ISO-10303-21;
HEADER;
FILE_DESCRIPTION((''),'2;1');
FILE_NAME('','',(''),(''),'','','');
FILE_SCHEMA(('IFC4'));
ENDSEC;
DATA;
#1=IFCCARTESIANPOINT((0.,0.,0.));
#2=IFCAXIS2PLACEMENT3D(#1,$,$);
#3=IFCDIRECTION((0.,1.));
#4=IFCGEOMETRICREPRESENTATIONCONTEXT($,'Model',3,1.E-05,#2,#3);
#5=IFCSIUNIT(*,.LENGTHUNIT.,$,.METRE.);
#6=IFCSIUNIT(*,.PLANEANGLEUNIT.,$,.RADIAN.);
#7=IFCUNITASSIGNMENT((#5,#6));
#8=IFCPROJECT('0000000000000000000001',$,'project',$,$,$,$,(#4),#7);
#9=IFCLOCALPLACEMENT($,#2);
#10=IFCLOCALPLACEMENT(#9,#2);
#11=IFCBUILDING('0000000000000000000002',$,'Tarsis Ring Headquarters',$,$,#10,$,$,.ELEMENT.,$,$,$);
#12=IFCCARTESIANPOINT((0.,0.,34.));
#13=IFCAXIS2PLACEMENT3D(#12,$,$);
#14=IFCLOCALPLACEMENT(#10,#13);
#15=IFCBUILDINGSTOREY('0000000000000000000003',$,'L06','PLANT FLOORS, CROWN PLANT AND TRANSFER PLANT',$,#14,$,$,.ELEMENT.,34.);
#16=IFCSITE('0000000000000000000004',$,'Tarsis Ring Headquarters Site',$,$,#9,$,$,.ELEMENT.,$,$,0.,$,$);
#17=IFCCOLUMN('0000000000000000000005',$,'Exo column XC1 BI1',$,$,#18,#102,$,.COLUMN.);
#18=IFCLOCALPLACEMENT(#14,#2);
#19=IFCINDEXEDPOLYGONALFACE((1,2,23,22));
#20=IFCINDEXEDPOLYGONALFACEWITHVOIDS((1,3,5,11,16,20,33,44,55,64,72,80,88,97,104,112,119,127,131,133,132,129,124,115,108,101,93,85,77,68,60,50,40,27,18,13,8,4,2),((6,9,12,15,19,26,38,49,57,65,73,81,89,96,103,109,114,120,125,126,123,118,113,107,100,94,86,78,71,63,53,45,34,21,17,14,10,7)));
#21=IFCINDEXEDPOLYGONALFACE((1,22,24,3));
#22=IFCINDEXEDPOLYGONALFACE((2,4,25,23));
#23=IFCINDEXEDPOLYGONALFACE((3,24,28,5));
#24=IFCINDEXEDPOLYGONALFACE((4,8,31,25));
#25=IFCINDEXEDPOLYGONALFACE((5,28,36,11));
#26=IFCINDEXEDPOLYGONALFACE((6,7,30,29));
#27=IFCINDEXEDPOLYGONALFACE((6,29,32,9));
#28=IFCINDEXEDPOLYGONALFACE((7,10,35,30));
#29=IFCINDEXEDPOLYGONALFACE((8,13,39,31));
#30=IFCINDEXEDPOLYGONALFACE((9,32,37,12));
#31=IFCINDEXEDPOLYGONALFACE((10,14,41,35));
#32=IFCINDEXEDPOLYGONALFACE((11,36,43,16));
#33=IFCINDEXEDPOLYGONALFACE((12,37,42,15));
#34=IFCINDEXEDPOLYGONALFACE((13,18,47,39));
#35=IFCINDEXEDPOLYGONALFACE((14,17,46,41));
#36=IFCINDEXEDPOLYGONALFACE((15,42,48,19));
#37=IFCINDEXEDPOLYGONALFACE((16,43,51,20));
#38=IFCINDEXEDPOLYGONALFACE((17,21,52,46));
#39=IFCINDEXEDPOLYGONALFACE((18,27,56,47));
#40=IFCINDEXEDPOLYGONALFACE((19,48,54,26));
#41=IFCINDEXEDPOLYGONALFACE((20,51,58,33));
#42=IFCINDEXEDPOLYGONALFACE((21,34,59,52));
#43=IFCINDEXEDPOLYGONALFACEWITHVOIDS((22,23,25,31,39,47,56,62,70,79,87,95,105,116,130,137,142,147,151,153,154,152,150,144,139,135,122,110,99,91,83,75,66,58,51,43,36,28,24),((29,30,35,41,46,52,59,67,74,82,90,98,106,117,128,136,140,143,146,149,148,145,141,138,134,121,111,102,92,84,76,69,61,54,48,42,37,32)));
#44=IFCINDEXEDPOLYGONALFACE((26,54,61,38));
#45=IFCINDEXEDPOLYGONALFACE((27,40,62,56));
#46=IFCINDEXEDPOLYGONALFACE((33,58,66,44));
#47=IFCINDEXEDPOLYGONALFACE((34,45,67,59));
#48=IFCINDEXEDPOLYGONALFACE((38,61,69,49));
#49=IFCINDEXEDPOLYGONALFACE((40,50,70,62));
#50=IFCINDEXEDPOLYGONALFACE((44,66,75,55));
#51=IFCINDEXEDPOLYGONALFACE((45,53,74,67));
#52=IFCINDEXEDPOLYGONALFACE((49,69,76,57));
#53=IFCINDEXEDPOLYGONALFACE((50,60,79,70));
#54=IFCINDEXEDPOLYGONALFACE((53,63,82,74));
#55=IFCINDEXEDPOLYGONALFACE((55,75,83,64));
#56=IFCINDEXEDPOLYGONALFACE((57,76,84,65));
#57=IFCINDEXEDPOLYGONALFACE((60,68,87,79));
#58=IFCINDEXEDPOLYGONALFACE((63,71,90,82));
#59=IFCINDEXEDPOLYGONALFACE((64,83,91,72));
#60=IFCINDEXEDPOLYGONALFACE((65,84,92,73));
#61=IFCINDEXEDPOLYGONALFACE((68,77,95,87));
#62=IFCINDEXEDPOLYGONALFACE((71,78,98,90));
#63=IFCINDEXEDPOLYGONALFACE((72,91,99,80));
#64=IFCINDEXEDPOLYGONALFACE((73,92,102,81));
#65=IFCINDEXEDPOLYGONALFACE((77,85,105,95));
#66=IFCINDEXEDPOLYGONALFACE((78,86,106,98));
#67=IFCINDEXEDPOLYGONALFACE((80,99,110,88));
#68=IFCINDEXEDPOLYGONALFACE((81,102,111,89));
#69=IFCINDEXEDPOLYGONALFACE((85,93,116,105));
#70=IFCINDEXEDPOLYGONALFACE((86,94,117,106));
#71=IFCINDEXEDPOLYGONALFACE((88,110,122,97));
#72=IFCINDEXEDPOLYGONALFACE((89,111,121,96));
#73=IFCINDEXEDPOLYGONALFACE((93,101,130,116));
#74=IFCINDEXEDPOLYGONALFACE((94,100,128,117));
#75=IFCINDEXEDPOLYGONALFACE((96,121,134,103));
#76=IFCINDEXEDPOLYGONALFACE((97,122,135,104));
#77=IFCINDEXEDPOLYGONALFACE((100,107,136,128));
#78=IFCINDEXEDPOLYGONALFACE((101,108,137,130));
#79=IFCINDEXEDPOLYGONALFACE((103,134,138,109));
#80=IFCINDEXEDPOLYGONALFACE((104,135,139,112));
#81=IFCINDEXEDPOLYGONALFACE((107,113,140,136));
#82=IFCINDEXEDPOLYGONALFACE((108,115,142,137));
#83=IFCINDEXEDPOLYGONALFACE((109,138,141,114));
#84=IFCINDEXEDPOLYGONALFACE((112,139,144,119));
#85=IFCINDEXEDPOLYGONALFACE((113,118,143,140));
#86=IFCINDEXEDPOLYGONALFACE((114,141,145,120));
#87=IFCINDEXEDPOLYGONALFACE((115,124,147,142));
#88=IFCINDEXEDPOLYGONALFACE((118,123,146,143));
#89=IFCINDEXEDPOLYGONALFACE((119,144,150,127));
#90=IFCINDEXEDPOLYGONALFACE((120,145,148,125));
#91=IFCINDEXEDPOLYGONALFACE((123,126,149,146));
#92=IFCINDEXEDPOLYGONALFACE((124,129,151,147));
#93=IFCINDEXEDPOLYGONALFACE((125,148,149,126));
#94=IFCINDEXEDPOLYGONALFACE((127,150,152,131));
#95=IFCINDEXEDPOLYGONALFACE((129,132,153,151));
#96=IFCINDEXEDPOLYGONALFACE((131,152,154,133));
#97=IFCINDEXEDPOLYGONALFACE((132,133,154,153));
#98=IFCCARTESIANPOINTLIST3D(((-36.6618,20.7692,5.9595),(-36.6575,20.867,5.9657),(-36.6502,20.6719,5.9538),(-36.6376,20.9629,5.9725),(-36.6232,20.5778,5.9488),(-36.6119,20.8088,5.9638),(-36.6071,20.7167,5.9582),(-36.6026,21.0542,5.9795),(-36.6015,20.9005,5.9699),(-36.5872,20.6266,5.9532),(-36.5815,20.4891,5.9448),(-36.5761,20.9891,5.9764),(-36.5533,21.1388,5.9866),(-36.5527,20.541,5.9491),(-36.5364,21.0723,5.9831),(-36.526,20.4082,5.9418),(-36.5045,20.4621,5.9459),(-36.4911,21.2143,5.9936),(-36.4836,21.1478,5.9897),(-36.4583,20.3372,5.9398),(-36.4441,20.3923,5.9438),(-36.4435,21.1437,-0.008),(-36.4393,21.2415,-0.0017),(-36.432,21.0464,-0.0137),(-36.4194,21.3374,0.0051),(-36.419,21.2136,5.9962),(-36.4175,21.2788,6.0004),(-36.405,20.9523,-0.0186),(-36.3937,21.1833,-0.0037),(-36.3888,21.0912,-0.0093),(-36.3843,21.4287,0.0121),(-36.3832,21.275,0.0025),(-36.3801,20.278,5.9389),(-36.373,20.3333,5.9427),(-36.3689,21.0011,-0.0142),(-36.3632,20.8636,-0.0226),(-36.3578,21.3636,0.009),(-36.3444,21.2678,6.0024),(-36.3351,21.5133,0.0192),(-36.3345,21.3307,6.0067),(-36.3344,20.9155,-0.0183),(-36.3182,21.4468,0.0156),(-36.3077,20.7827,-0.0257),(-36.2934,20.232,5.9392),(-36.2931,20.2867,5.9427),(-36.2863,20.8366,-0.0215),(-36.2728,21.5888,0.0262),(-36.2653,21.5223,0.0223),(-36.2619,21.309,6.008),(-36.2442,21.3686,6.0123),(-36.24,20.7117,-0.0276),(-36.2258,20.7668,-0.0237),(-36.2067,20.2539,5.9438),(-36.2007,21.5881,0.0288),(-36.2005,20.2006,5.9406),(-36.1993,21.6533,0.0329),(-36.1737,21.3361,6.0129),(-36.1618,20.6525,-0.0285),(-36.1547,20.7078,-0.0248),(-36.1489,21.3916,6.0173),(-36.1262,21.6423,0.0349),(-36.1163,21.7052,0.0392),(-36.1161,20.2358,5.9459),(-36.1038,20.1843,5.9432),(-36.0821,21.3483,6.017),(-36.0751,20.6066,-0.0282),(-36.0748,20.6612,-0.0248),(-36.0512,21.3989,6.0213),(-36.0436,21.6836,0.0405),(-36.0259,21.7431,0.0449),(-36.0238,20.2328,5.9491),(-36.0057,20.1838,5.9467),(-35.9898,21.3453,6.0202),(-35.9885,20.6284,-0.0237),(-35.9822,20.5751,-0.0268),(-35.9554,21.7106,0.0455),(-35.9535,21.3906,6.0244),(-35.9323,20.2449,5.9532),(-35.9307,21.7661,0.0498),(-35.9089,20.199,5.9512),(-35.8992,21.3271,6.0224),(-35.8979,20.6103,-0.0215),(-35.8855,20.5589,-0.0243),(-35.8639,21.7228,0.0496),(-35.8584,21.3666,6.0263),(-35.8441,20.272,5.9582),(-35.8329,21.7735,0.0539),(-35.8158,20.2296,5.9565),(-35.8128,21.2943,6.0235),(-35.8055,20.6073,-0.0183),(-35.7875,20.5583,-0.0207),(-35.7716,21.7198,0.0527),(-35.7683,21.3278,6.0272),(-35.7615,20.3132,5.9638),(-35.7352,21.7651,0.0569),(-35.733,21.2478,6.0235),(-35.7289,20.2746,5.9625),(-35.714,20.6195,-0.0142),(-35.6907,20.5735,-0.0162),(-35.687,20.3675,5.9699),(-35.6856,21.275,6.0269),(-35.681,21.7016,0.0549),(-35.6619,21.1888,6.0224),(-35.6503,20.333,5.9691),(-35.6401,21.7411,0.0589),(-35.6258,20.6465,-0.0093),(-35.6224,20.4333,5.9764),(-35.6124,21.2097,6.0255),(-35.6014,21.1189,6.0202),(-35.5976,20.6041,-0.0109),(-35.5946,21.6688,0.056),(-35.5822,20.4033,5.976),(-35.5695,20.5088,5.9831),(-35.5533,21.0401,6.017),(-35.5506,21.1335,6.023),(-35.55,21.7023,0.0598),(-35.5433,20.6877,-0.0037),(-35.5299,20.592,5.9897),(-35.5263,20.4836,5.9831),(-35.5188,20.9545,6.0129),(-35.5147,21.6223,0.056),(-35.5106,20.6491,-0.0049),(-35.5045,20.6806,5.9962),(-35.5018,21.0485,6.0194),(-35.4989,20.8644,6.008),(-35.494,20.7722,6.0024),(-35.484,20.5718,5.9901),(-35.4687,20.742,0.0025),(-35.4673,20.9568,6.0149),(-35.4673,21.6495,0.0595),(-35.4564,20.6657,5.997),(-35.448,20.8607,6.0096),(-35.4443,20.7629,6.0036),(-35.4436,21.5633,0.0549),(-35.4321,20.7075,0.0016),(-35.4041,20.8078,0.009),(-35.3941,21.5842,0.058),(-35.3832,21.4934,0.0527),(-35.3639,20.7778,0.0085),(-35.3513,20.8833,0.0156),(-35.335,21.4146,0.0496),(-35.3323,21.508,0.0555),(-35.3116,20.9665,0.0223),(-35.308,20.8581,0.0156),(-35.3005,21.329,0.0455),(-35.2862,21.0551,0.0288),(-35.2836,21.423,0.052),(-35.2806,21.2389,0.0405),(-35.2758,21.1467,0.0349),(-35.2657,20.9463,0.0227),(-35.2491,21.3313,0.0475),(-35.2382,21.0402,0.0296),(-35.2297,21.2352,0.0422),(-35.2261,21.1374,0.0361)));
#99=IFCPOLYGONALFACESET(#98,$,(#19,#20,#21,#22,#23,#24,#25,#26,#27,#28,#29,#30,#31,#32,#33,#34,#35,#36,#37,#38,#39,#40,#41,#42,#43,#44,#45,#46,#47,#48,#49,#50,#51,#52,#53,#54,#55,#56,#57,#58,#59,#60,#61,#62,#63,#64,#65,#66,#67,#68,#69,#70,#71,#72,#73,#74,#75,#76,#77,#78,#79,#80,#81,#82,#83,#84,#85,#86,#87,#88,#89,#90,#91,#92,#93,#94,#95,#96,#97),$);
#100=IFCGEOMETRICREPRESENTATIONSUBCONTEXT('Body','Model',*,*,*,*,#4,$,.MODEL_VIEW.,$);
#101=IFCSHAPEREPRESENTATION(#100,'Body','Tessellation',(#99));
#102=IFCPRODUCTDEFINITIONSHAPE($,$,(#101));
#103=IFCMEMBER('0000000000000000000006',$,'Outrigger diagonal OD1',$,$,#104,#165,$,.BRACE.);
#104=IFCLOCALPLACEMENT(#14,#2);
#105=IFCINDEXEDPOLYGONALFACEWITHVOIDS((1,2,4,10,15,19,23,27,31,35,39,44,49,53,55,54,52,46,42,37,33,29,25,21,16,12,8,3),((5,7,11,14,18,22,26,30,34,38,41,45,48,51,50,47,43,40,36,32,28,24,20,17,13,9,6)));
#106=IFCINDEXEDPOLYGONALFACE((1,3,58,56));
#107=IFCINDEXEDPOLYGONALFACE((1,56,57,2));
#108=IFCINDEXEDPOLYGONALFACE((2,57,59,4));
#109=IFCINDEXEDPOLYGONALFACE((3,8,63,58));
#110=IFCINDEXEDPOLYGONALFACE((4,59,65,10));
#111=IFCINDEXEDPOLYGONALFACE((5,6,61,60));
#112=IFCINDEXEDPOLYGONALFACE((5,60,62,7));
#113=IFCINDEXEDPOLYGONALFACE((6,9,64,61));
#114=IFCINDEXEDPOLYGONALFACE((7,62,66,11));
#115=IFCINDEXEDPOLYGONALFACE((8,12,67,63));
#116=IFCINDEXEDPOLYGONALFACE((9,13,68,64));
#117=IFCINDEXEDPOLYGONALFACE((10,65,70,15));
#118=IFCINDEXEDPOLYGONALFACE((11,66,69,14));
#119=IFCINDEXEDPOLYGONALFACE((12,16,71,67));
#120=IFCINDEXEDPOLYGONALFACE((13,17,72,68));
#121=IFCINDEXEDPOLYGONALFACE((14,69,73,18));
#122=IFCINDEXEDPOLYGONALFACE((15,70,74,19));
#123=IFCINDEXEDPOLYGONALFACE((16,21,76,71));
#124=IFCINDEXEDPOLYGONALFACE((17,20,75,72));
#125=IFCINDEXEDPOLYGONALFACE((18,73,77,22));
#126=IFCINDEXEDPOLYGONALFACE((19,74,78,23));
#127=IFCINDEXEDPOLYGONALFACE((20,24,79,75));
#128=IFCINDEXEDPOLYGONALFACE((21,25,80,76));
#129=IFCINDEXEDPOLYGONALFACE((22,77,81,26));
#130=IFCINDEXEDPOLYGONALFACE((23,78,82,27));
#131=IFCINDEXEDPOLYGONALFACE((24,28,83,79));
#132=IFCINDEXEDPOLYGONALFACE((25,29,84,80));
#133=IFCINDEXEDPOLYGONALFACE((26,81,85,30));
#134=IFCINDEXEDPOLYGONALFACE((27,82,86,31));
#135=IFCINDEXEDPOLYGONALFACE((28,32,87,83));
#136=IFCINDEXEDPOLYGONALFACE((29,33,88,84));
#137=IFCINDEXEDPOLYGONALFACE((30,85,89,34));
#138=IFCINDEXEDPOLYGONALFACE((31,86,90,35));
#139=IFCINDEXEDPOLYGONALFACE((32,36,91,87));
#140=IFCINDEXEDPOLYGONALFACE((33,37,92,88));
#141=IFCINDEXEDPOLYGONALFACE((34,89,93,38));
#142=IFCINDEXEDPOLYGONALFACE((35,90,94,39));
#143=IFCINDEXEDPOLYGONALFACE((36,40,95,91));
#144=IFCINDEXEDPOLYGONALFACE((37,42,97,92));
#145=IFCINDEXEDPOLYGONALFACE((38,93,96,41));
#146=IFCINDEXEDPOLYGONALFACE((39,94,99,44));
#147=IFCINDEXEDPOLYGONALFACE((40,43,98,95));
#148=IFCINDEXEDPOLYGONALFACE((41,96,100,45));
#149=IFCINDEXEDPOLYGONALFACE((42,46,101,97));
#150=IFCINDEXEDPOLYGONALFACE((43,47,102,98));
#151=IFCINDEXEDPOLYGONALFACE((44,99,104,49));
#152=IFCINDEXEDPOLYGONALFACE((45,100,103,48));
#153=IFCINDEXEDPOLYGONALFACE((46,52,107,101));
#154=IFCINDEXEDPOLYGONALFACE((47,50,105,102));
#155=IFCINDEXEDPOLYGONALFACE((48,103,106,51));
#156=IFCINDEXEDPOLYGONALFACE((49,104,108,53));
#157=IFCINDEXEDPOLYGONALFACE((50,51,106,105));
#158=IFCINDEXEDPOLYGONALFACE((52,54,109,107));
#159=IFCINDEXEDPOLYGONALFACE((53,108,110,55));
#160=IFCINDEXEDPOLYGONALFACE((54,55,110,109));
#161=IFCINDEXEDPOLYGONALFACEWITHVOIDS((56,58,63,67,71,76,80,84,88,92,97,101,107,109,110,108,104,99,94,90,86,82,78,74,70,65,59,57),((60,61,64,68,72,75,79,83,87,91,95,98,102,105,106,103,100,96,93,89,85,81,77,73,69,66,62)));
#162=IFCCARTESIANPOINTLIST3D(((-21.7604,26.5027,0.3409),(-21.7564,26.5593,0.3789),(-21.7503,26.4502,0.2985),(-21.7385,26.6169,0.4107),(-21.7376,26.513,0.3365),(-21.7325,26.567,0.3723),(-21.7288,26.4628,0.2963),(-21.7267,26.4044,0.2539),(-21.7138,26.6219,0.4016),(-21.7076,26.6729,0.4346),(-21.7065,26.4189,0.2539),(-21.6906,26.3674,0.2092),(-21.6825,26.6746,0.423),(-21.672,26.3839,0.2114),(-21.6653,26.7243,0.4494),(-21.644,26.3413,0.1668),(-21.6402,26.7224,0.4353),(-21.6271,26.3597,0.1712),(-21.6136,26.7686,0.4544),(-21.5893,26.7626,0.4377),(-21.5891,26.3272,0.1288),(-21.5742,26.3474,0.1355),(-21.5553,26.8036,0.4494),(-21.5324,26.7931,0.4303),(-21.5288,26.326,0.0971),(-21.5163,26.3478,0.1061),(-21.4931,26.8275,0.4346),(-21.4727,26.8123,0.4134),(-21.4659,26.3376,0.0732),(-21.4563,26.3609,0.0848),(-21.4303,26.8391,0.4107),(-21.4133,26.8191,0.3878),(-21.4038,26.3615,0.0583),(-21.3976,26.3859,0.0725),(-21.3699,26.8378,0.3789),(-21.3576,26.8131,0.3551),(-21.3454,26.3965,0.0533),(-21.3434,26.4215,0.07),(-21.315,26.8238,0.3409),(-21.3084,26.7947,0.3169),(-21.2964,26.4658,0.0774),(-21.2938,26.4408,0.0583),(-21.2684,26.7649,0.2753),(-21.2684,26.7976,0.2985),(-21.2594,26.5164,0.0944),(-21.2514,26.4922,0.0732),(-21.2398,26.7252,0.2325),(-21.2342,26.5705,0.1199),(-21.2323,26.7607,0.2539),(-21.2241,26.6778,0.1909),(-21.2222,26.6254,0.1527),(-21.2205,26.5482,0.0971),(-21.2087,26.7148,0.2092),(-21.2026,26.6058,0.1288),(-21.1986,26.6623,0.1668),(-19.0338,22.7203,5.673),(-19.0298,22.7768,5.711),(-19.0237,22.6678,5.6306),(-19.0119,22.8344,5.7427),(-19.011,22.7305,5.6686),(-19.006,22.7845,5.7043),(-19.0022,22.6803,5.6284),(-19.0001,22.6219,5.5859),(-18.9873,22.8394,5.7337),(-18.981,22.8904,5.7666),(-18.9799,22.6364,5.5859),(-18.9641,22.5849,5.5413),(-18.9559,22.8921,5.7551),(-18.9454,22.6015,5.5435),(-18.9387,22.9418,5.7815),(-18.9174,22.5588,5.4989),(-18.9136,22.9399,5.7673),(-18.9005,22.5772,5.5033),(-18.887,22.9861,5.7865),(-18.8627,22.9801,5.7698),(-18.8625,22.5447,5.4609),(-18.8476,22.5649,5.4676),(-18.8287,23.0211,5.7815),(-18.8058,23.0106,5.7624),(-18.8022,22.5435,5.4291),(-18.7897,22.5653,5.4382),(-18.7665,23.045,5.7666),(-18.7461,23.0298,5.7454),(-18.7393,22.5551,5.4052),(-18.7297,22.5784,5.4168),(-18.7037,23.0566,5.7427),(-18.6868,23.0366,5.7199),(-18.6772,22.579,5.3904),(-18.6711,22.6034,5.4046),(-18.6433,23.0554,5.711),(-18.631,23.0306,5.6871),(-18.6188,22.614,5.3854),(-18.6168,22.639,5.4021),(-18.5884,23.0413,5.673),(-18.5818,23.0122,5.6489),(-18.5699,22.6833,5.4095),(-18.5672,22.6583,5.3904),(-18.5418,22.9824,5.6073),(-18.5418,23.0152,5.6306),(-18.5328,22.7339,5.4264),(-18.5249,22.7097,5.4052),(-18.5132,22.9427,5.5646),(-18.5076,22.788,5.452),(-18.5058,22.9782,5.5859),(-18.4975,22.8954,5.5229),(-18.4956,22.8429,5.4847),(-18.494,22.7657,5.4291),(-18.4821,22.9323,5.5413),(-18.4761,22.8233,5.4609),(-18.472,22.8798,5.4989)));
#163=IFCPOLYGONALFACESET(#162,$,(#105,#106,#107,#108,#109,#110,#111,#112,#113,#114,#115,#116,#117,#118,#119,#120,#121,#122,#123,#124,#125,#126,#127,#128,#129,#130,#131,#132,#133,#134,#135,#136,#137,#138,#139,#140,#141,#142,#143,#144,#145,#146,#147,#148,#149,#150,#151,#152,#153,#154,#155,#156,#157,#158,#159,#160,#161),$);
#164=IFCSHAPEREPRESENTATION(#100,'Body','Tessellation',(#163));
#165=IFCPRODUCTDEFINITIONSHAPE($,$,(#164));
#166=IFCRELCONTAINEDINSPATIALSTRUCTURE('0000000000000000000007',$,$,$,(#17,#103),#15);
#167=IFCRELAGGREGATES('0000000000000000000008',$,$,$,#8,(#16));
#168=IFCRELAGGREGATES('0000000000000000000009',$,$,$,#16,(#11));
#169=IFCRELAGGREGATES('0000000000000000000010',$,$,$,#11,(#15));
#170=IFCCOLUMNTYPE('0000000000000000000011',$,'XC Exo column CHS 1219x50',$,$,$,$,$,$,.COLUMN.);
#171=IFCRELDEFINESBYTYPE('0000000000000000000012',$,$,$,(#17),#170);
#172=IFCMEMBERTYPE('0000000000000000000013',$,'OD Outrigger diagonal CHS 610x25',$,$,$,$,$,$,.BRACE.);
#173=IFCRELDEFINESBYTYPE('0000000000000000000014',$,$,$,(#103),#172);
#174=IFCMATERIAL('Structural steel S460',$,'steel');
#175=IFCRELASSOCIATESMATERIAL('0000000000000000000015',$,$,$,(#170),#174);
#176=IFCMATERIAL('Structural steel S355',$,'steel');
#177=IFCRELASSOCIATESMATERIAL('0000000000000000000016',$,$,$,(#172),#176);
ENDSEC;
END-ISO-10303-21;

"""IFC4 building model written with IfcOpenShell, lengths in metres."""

from ifc_helpers import new_model, si_unit, direction, frame, origin, origin_2d, place, context, subcontext, project, spatial, hollow_circle, extrude, material, material_profile, profile_set, type_object, element, save


model = new_model("IFC4")

# Units and contexts
model_context = context("Model", 3, precision=1e-05, world=origin(), true_north=direction((0.0, 1.0)))
body_context = subcontext(model_context, "Body", "Model", "MODEL_VIEW")
ifc_project = project(units=[si_unit("LENGTHUNIT", "METRE"), si_unit("PLANEANGLEUNIT", "RADIAN")], contexts=[model_context])

# Site, building, storey
site_placement = place(None, origin())
site = spatial("IfcSite", under=ifc_project, at=site_placement, Name="Tarsis Ring Headquarters Site", CompositionType="ELEMENT", RefElevation=0.0)
building_placement = place(site_placement, origin())
building = spatial("IfcBuilding", under=site, at=building_placement, Name="Tarsis Ring Headquarters", CompositionType="ELEMENT")
storey_placement = place(building_placement, frame((0.0, 0.0, 34.0)))
storey = spatial("IfcBuildingStorey", under=building, at=storey_placement, Name="L06", Description="PLANT FLOORS, CROWN PLANT AND TRANSFER PLANT", CompositionType="ELEMENT", Elevation=34.0)

# Column
ifc_material_1 = material(Name="Structural steel S460", Category="steel")
ifc_material_profile_1 = material_profile(ifc_material_1, hollow_circle(Radius=0.6096, WallThickness=0.05, at=origin_2d()), Name="CHS 1219x50")
ifc_profile_set_1 = profile_set([ifc_material_profile_1], Name="Structural steel S460")
column_type = type_object("IfcColumnType", Name="XC Exo column CHS 1219x50", PredefinedType="COLUMN", material=ifc_profile_set_1)
column_placement = place(storey_placement, frame((-35.8347, 21.165, 0.0156), z_axis=(-0.036479, -0.062593, 0.997372), x_axis=(0.863983, -0.503521, 0.0)))
element("IfcColumn", 1, at=column_placement, inside=storey, type_object=column_type, Name="Exo column XC1 BI1", PredefinedType="COLUMN", context=body_context, shape_type="SweptSolid", body=[
    extrude(hollow_circle(Radius=0.6096, WallThickness=0.05, at=origin_2d()), origin(), (0.0, 0.0, 1.0), 5.9832),
])

# Member
ifc_material_2 = material(Name="Structural steel S355", Category="steel")
ifc_material_profile_2 = material_profile(ifc_material_2, hollow_circle(Radius=0.3047, WallThickness=0.0249, at=origin_2d()), Name="CHS 610x25")
ifc_profile_set_2 = profile_set([ifc_material_profile_2], Name="Structural steel S355")
member_type_1 = type_object("IfcMemberType", Name="OD Outrigger diagonal CHS 610x25", PredefinedType="BRACE", material=ifc_profile_set_2)
member_1_placement = place(storey_placement, frame((-18.7529, 22.8, 5.5859), z_axis=(-0.384933, 0.534006, -0.752771), x_axis=(-0.81121, -0.584754, 0.0)))
element("IfcMember", 2, at=member_1_placement, inside=storey, type_object=member_type_1, Name="Outrigger diagonal OD1", PredefinedType="BRACE", context=body_context, shape_type="SweptSolid", body=[
    extrude(hollow_circle(Radius=0.3047, WallThickness=0.0249, at=origin_2d()), origin(), (0.0, 0.0, 1.0), 7.0833),
])

save(model, "model.ifc")
